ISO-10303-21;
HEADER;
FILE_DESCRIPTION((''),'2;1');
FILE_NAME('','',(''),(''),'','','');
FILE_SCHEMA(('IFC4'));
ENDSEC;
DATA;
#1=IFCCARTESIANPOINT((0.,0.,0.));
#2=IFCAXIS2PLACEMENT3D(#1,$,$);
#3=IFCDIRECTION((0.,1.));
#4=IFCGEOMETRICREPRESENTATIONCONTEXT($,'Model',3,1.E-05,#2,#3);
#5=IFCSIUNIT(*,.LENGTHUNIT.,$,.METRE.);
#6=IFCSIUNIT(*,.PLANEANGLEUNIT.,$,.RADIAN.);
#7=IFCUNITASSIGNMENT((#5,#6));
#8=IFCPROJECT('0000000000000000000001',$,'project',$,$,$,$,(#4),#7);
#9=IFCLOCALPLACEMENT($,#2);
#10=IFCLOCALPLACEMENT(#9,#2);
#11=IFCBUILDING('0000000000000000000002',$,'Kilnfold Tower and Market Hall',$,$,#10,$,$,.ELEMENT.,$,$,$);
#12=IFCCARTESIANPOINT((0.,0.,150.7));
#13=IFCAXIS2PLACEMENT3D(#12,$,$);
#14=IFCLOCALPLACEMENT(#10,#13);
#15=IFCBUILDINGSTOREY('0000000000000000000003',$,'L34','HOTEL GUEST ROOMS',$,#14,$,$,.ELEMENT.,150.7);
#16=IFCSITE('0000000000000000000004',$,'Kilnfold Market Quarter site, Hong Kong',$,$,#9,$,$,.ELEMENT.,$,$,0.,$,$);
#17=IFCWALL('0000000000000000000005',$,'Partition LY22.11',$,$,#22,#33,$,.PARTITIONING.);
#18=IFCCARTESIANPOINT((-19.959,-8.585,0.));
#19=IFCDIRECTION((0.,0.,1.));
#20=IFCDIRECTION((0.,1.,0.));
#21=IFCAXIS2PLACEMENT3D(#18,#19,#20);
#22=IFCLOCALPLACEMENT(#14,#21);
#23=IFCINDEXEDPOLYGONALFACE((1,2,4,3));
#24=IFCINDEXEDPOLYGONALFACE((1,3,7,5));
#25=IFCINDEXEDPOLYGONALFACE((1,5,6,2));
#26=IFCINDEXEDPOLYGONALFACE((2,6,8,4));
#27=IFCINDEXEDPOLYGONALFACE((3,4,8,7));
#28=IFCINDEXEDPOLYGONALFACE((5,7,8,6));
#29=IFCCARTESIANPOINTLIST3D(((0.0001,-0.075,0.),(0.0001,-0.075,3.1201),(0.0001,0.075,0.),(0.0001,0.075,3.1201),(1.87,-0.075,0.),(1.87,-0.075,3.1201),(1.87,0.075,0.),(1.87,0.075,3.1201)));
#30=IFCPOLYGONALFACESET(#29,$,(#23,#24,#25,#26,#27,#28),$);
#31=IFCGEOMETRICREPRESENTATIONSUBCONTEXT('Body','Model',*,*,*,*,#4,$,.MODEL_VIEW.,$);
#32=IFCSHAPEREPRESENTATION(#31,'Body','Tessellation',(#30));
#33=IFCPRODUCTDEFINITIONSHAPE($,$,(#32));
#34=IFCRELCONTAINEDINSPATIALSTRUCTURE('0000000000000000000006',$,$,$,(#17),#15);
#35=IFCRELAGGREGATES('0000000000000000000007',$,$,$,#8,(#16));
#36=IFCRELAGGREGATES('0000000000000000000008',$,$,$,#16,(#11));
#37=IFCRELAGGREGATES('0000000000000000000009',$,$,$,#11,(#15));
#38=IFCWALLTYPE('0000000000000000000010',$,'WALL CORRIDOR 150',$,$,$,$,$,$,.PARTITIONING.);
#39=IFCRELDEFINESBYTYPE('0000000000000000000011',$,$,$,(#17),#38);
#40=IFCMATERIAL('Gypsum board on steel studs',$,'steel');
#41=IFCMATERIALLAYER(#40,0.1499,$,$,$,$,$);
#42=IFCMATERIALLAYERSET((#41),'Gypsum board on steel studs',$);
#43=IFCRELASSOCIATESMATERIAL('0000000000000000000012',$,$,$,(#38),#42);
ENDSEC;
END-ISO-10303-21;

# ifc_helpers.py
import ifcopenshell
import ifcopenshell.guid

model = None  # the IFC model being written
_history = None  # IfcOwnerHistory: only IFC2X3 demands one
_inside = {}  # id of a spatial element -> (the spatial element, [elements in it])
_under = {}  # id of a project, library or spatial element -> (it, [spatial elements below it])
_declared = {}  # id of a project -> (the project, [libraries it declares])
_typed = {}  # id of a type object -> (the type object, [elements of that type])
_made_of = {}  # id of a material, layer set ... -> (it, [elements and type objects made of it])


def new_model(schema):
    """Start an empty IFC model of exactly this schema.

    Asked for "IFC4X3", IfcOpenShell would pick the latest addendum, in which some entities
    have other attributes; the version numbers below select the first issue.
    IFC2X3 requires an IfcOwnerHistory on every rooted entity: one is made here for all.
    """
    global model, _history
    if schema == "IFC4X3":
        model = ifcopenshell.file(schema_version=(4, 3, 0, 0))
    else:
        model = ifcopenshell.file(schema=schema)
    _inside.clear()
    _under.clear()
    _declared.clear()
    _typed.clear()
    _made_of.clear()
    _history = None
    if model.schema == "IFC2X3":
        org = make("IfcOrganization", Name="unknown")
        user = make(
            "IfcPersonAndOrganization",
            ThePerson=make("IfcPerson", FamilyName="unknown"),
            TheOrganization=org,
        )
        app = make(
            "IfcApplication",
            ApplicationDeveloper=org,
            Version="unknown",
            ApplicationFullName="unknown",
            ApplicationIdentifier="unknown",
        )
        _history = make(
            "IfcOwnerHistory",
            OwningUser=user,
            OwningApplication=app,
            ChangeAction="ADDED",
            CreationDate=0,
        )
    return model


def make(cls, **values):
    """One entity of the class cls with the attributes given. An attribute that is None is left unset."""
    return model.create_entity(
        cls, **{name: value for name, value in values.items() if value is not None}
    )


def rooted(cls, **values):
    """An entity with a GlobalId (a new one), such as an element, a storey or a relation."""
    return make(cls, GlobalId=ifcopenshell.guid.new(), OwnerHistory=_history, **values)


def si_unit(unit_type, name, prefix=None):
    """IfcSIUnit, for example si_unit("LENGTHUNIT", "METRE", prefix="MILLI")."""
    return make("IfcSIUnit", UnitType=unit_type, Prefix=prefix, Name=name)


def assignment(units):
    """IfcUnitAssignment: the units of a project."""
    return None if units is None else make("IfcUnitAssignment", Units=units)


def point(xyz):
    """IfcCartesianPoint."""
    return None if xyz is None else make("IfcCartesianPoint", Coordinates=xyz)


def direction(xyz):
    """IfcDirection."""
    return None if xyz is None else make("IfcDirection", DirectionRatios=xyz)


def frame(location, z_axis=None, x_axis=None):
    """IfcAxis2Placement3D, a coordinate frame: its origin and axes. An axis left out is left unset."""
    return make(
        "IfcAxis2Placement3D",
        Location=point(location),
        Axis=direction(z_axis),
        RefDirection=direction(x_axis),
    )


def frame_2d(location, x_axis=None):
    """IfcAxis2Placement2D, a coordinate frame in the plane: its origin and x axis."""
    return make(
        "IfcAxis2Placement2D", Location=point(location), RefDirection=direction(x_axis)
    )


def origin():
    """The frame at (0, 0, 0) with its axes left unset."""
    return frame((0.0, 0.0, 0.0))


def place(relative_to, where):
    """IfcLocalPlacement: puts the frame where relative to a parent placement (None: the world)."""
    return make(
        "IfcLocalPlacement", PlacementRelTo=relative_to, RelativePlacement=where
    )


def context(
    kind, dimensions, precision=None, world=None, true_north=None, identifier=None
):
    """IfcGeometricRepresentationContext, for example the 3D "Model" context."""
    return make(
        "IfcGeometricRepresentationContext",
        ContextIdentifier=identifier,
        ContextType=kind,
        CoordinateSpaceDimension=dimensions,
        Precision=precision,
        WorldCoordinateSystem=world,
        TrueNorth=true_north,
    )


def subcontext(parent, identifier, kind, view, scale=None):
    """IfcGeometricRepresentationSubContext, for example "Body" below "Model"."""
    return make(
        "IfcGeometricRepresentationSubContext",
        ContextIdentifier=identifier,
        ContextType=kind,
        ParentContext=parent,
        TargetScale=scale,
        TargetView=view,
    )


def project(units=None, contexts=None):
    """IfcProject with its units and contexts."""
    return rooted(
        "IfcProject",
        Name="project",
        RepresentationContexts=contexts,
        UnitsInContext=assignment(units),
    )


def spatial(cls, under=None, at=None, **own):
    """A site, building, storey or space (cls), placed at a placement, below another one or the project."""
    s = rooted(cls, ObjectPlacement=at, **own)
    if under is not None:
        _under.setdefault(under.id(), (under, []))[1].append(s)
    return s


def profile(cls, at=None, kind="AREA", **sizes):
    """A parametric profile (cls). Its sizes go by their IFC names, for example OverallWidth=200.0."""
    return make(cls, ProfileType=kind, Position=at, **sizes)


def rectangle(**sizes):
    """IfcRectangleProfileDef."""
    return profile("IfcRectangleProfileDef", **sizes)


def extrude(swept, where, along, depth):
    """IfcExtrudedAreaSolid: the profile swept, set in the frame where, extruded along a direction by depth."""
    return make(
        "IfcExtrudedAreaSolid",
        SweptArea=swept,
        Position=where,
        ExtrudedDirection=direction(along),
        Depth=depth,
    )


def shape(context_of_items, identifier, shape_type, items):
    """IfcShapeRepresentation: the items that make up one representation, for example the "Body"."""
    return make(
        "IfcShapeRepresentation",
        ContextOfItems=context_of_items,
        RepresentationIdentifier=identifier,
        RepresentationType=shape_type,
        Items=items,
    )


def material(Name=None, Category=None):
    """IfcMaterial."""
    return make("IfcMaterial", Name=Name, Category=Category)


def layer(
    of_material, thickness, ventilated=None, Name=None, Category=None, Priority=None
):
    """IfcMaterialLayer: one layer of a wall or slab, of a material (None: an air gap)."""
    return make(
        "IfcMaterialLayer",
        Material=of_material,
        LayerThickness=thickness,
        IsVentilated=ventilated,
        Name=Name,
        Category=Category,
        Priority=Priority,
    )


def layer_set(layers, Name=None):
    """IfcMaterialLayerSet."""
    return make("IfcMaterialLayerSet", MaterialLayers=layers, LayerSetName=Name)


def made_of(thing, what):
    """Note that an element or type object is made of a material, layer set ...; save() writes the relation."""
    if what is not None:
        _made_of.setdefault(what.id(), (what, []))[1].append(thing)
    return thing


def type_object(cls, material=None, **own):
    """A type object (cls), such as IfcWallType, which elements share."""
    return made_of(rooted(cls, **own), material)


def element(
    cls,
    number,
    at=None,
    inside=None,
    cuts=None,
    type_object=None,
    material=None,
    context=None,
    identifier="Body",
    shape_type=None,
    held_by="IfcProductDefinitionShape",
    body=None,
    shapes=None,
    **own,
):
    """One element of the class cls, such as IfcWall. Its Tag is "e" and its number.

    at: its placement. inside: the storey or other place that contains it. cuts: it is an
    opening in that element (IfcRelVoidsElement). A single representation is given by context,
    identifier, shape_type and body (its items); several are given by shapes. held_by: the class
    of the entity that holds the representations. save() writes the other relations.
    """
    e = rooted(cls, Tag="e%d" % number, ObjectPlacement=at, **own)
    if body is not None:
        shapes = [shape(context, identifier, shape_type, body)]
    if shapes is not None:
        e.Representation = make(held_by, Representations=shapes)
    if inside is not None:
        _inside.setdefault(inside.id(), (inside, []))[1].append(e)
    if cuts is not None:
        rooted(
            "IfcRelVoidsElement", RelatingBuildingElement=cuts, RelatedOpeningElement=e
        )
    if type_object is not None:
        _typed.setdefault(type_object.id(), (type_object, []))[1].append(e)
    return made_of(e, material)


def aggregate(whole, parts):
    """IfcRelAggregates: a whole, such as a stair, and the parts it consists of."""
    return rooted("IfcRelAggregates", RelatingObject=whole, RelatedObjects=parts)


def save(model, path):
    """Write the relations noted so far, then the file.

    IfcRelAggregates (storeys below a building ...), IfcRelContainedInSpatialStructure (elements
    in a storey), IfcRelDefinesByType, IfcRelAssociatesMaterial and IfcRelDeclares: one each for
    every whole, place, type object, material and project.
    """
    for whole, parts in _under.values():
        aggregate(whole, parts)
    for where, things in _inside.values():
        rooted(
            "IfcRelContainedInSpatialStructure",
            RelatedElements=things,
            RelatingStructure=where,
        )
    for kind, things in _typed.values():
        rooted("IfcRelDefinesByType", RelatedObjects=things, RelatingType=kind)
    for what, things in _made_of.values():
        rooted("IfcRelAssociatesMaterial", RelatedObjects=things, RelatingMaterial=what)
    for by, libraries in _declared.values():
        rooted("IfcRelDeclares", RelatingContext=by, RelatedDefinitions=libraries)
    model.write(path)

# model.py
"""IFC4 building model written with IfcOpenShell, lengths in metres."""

from ifc_helpers import new_model, si_unit, direction, frame, frame_2d, origin, place, context, subcontext, project, spatial, rectangle, extrude, material, layer, layer_set, type_object, element, save


model = new_model("IFC4")

# Units and contexts
model_context = context("Model", 3, precision=1e-05, world=origin(), true_north=direction((0.0, 1.0)))
body_context = subcontext(model_context, "Body", "Model", "MODEL_VIEW")
ifc_project = project(units=[si_unit("LENGTHUNIT", "METRE"), si_unit("PLANEANGLEUNIT", "RADIAN")], contexts=[model_context])

# Site, building, storey
site_placement = place(None, origin())
site = spatial("IfcSite", under=ifc_project, at=site_placement, Name="Kilnfold Market Quarter site, Hong Kong", CompositionType="ELEMENT", RefElevation=0.0)
building_placement = place(site_placement, origin())
building = spatial("IfcBuilding", under=site, at=building_placement, Name="Kilnfold Tower and Market Hall", CompositionType="ELEMENT")
storey_placement = place(building_placement, frame((0.0, 0.0, 150.7)))
storey = spatial("IfcBuildingStorey", under=building, at=storey_placement, Name="L34", Description="HOTEL GUEST ROOMS", CompositionType="ELEMENT", Elevation=150.7)

# Shared definitions
ifc_material_1 = material(Name="Gypsum board on steel studs", Category="steel")
ifc_layer_1 = layer(ifc_material_1, 0.1499)
ifc_layer_set_1 = layer_set([ifc_layer_1], Name="Gypsum board on steel studs")
wall_type_1 = type_object("IfcWallType", Name="WALL CORRIDOR 150", PredefinedType="PARTITIONING", material=ifc_layer_set_1)

# Wall
wall_1_placement = place(storey_placement, frame((-19.959, -8.585, 0.0), z_axis=(0.0, 0.0, 1.0), x_axis=(0.0, 1.0, 0.0)))
element("IfcWall", 1, at=wall_1_placement, inside=storey, type_object=wall_type_1, Name="Partition LY22.11", PredefinedType="PARTITIONING", context=body_context, shape_type="SweptSolid", body=[
    extrude(rectangle(XDim=1.8699, YDim=0.1499, at=frame_2d((0.9351, 0.0))), origin(), (0.0, 0.0, 1.0), 3.1201),
])

save(model, "model.ifc")
